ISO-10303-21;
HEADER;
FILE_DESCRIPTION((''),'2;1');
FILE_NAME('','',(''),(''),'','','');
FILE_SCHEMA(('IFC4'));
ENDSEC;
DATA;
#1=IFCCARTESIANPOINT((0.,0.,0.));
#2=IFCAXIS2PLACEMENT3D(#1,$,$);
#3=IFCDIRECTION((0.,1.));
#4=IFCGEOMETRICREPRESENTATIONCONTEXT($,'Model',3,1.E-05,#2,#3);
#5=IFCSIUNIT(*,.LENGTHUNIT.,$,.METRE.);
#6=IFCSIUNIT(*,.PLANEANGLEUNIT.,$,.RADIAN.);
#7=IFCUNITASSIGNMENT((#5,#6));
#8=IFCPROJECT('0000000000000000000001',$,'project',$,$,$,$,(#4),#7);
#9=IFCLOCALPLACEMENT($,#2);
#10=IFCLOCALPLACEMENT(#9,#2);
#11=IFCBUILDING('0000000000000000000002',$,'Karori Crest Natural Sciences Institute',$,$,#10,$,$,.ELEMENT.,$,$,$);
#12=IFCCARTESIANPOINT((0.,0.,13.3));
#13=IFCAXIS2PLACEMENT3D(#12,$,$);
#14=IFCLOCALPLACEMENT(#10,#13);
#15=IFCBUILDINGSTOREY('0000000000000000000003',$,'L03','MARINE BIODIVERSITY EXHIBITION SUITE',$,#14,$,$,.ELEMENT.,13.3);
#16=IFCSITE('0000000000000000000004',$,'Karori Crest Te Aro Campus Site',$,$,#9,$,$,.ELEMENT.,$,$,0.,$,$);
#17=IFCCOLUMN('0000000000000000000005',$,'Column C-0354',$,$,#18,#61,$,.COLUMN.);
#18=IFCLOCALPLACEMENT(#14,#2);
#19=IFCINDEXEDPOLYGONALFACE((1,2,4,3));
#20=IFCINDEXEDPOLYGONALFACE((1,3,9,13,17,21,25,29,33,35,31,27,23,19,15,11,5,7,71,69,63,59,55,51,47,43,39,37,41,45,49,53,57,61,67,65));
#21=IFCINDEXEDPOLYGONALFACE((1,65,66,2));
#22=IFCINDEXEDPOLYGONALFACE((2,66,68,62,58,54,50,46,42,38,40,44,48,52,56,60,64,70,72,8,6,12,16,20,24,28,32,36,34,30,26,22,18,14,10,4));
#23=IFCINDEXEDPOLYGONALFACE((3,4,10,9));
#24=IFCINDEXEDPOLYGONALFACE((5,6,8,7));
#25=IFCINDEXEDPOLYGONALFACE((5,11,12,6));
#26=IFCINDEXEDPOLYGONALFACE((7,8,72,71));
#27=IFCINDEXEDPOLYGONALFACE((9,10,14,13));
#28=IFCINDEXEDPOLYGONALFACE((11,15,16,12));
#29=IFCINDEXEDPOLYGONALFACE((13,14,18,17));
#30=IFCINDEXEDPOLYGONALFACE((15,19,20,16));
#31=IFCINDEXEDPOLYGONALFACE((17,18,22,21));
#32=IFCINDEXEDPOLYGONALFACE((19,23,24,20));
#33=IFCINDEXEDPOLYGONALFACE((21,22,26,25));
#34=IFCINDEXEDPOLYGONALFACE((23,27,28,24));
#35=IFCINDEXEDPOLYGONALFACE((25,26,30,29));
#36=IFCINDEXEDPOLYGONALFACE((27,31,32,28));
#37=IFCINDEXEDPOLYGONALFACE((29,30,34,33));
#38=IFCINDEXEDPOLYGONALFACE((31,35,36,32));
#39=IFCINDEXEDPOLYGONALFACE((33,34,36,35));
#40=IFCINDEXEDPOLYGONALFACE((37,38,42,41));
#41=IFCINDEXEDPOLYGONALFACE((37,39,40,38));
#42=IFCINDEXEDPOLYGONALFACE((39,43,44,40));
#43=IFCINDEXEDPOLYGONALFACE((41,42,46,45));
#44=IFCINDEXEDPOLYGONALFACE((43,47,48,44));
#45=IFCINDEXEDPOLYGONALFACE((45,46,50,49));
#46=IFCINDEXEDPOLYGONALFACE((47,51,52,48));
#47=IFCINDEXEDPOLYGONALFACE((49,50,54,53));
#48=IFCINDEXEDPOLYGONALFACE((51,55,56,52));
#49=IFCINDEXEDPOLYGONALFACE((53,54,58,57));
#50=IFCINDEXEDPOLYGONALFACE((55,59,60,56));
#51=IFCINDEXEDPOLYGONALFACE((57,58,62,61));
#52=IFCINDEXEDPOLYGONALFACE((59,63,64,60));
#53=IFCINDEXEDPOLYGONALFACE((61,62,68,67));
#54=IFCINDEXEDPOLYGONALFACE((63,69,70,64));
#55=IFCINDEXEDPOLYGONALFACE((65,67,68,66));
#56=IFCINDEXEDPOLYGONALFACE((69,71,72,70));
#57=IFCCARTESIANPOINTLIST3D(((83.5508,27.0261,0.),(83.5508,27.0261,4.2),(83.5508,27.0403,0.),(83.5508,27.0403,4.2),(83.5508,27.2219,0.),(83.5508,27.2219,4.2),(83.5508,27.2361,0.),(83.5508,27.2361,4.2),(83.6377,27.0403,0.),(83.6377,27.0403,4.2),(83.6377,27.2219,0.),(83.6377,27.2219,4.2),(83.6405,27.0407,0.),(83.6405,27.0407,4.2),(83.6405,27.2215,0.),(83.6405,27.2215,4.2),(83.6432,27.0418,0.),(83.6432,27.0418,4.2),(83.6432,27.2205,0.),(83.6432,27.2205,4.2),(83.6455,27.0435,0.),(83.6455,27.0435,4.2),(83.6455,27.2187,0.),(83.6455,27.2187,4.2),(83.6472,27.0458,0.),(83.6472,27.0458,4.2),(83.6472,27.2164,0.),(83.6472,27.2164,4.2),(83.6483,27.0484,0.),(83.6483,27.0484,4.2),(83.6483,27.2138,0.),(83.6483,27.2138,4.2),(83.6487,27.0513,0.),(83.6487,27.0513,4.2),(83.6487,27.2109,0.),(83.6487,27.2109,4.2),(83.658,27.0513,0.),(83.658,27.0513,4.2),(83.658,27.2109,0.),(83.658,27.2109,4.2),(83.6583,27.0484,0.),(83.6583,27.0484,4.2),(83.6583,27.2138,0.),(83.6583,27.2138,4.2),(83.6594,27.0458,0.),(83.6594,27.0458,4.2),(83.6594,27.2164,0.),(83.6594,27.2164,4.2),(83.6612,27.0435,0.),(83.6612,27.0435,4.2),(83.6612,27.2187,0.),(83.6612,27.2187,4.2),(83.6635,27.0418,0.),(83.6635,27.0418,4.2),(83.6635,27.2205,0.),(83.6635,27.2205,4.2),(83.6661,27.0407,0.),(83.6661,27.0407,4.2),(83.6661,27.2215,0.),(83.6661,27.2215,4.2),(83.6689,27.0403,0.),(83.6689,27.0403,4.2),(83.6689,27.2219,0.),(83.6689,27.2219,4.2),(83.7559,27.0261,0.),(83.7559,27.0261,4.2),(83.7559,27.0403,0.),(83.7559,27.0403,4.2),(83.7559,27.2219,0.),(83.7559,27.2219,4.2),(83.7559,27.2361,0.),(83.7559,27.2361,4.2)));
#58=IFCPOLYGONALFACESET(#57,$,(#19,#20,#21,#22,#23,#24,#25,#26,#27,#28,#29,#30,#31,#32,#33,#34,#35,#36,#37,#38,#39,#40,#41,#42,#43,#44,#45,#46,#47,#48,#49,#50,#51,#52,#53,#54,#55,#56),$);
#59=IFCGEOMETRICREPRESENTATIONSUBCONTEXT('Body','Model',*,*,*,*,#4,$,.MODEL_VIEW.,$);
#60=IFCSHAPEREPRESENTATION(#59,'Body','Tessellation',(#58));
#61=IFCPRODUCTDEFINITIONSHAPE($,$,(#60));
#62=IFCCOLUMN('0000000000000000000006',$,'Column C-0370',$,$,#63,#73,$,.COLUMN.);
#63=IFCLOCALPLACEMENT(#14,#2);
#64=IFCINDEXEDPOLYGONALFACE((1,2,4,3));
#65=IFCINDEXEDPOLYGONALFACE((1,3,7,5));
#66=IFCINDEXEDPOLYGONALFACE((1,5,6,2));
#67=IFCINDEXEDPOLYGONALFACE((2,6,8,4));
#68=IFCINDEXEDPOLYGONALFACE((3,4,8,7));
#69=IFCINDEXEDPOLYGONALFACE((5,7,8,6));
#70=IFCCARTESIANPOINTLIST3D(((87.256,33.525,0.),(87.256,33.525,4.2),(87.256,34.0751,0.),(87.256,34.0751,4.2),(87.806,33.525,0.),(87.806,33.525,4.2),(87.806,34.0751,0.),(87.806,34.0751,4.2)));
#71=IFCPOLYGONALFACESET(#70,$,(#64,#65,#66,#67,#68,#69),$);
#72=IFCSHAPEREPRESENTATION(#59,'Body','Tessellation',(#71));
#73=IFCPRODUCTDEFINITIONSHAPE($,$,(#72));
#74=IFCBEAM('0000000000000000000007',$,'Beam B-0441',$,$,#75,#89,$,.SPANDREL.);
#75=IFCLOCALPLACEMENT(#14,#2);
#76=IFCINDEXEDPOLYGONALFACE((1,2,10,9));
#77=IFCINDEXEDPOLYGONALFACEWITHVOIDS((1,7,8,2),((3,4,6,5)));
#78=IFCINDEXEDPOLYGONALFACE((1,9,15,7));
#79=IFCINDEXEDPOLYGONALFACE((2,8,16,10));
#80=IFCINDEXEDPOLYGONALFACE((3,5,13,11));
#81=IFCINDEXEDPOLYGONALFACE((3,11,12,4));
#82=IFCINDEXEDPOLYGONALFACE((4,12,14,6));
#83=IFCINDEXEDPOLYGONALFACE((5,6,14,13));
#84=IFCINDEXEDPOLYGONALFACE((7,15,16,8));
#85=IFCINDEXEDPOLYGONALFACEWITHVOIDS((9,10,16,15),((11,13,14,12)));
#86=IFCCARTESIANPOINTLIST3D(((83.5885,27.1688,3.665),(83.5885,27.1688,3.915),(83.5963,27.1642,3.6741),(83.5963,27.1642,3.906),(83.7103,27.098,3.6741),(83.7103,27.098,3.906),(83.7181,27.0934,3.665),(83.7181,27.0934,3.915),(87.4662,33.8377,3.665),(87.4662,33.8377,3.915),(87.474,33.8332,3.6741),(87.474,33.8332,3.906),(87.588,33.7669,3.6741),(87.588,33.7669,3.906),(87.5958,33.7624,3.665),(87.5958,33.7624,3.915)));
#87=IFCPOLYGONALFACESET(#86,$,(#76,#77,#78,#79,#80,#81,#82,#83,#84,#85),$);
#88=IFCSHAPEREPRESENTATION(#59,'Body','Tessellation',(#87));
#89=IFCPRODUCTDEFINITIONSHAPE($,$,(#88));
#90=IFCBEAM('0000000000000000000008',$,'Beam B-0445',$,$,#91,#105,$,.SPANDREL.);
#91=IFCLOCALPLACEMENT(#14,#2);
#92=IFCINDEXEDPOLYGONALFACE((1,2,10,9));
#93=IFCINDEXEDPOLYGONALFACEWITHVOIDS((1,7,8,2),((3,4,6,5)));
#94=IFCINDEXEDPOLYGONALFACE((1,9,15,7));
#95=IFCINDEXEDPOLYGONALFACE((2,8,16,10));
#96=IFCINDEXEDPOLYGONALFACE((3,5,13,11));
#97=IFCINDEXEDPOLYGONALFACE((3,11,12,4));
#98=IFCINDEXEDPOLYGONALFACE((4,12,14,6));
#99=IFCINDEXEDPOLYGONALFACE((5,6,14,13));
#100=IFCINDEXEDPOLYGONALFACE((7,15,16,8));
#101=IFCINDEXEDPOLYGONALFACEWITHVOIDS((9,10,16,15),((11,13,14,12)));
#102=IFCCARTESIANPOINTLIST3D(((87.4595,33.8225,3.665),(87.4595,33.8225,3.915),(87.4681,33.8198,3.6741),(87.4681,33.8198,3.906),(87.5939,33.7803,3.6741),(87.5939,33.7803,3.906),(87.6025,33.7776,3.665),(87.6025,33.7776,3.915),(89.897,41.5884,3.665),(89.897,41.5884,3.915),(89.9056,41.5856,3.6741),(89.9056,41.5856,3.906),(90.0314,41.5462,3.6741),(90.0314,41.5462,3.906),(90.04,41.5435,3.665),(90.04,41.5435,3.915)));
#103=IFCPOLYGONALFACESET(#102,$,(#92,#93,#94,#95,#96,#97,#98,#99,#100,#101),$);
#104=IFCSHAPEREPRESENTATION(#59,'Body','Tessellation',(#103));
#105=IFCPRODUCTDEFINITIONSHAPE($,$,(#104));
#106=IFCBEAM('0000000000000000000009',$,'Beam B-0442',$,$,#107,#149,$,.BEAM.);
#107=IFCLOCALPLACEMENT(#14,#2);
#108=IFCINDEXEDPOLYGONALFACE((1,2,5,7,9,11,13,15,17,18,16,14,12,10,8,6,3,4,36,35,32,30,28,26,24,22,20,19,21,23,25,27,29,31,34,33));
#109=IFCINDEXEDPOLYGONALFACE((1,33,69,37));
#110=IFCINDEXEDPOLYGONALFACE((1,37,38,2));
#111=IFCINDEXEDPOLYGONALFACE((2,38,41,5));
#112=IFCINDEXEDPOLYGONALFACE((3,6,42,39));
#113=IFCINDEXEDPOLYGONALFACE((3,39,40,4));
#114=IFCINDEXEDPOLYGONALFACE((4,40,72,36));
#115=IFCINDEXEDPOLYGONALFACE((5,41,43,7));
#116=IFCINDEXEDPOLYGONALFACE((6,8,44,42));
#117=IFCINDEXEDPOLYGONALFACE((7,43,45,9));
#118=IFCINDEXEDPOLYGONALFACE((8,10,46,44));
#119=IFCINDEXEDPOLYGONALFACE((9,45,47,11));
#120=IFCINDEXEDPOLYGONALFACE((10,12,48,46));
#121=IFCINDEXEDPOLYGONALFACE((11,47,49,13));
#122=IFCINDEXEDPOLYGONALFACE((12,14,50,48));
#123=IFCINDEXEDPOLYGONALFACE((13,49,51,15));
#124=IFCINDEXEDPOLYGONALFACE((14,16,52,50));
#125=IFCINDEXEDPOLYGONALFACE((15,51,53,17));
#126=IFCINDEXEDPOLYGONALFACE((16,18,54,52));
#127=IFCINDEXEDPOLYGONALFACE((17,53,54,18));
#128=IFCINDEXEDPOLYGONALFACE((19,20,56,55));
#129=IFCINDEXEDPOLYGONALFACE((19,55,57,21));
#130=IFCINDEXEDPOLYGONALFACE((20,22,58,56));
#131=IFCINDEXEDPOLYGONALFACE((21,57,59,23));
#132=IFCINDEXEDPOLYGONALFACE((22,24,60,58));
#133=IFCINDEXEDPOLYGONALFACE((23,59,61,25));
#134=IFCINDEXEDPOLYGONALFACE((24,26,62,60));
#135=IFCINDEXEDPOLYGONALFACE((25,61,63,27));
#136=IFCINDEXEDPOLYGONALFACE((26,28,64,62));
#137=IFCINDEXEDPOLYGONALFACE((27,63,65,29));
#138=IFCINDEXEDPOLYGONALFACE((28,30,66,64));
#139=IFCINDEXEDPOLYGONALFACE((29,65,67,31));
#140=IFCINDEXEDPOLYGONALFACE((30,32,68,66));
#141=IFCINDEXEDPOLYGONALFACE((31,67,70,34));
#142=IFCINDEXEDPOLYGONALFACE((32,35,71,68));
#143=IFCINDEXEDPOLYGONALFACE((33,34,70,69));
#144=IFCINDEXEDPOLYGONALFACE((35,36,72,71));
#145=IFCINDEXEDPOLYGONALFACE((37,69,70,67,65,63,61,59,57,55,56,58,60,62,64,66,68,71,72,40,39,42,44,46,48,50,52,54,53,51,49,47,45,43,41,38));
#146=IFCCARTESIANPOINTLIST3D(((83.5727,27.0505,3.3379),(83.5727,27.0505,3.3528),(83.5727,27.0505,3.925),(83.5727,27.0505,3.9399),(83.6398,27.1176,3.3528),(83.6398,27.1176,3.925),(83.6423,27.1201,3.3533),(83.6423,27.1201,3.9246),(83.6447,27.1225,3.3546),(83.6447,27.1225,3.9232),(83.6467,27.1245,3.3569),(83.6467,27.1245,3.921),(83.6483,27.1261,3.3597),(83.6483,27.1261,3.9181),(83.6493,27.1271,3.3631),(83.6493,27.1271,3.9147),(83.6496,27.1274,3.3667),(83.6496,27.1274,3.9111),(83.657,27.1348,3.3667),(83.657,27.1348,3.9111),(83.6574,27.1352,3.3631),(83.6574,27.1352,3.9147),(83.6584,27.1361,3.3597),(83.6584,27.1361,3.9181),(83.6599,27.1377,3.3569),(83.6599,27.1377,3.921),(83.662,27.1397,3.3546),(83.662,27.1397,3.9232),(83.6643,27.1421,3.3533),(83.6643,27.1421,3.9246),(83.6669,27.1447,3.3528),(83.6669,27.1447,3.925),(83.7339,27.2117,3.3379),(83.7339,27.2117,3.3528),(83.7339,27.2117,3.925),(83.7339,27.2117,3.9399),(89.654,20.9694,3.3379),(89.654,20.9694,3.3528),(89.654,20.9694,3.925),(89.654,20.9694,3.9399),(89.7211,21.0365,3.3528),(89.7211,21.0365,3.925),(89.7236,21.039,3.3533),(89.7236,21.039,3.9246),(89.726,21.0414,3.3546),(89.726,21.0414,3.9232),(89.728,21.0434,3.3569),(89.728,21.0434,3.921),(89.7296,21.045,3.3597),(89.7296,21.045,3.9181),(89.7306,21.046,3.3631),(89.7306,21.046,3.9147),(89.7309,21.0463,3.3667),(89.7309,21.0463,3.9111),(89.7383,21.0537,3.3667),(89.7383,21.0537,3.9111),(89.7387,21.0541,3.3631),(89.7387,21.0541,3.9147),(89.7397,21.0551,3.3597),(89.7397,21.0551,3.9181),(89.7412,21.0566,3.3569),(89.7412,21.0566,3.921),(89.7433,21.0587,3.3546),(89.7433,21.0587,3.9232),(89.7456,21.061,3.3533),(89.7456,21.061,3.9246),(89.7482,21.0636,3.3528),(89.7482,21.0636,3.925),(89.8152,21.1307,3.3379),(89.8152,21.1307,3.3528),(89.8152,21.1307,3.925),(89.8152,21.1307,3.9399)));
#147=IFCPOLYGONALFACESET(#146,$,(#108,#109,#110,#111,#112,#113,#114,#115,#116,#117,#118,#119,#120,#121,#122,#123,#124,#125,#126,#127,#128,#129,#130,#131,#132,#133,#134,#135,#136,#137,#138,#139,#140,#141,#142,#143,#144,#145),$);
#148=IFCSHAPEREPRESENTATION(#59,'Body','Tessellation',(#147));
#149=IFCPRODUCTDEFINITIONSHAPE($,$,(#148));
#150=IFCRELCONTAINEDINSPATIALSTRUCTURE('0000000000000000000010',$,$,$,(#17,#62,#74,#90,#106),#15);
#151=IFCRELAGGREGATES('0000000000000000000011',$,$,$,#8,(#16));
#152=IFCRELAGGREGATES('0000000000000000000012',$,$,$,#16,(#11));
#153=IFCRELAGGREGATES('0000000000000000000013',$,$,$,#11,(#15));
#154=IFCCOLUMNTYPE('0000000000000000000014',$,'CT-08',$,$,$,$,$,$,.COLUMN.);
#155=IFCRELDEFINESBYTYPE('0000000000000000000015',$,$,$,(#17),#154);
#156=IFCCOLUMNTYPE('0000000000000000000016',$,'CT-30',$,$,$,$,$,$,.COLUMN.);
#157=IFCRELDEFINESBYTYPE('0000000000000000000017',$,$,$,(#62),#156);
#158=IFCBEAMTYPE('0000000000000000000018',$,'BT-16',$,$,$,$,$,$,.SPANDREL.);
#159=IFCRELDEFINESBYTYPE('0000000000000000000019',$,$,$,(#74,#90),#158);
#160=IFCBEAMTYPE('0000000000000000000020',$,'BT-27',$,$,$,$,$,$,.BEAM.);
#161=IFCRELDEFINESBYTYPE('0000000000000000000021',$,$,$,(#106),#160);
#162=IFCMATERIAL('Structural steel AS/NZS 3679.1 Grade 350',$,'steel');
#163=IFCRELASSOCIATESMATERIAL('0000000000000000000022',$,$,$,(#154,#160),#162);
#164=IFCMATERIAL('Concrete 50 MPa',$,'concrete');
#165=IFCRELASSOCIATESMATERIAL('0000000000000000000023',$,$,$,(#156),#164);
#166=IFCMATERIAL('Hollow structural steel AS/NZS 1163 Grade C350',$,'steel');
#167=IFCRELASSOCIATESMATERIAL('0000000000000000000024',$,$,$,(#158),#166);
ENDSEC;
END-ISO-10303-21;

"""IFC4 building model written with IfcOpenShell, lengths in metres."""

from ifc_helpers import new_model, si_unit, direction, frame, origin, origin_2d, place, context, subcontext, project, spatial, rectangle, hollow_rectangle, i_section, extrude, material, material_profile, profile_set, type_object, element, save


model = new_model("IFC4")

# Units and contexts
model_context = context("Model", 3, precision=1e-05, world=origin(), true_north=direction((0.0, 1.0)))
body_context = subcontext(model_context, "Body", "Model", "MODEL_VIEW")
ifc_project = project(units=[si_unit("LENGTHUNIT", "METRE"), si_unit("PLANEANGLEUNIT", "RADIAN")], contexts=[model_context])

# Site, building, storey
site_placement = place(None, origin())
site = spatial("IfcSite", under=ifc_project, at=site_placement, Name="Karori Crest Te Aro Campus Site", CompositionType="ELEMENT", RefElevation=0.0)
building_placement = place(site_placement, origin())
building = spatial("IfcBuilding", under=site, at=building_placement, Name="Karori Crest Natural Sciences Institute", CompositionType="ELEMENT")
storey_placement = place(building_placement, frame((0.0, 0.0, 13.3)))
storey = spatial("IfcBuildingStorey", under=building, at=storey_placement, Name="L03", Description="MARINE BIODIVERSITY EXHIBITION SUITE", CompositionType="ELEMENT", Elevation=13.3)

# Columns
ifc_material_1 = material(Name="Structural steel AS/NZS 3679.1 Grade 350", Category="steel")
ifc_material_profile_1 = material_profile(ifc_material_1, i_section(OverallWidth=0.2051, OverallDepth=0.21, WebThickness=0.0093, FlangeThickness=0.0142, FilletRadius=0.011, at=origin_2d()), Name="200UC59.5")
ifc_profile_set_1 = profile_set([ifc_material_profile_1], Name="Structural steel AS/NZS 3679.1 Grade 350")
column_type_1 = type_object("IfcColumnType", Name="CT-08", PredefinedType="COLUMN", material=ifc_profile_set_1)
column_1_placement = place(storey_placement, frame((83.6533, 27.1311, 0.0), z_axis=(0.0, 0.0, 1.0), x_axis=(1.0, 0.0, 0.0)))
element("IfcColumn", 1, at=column_1_placement, inside=storey, type_object=column_type_1, Name="Column C-0354", PredefinedType="COLUMN", context=body_context, shape_type="SweptSolid", body=[
    extrude(i_section(OverallWidth=0.2051, OverallDepth=0.21, WebThickness=0.0093, FlangeThickness=0.0142, FilletRadius=0.011, at=origin_2d()), origin(), (0.0, 0.0, 1.0), 4.2),
])
ifc_material_2 = material(Name="Concrete 50 MPa", Category="concrete")
ifc_material_profile_2 = material_profile(ifc_material_2, rectangle(XDim=0.55, YDim=0.55, at=origin_2d()), Name="RC550x550")
ifc_profile_set_2 = profile_set([ifc_material_profile_2], Name="Concrete 50 MPa")
column_type_2 = type_object("IfcColumnType", Name="CT-30", PredefinedType="COLUMN", material=ifc_profile_set_2)
column_2_placement = place(storey_placement, frame((87.531, 33.8, 0.0), z_axis=(0.0, 0.0, 1.0), x_axis=(1.0, 0.0, 0.0)))
element("IfcColumn", 2, at=column_2_placement, inside=storey, type_object=column_type_2, Name="Column C-0370", PredefinedType="COLUMN", context=body_context, shape_type="SweptSolid", body=[
    extrude(rectangle(XDim=0.55, YDim=0.55, at=origin_2d()), origin(), (0.0, 0.0, 1.0), 4.2),
])

# Beams
ifc_material_3 = material(Name="Hollow structural steel AS/NZS 1163 Grade C350", Category="steel")
ifc_material_profile_3 = material_profile(ifc_material_3, hollow_rectangle(XDim=0.1499, YDim=0.25, WallThickness=0.009, at=origin_2d()), Name="RHS250x150x9")
ifc_profile_set_3 = profile_set([ifc_material_profile_3], Name="Hollow structural steel AS/NZS 1163 Grade C350")
beam_type_1 = type_object("IfcBeamType", Name="BT-16", PredefinedType="SPANDREL", material=ifc_profile_set_3)
beam_1_placement = place(storey_placement, frame((83.6533, 27.1311, 3.79), z_axis=(0.502658, 0.864485, 0.0), x_axis=(-0.864485, 0.502658, 0.0)))
element("IfcBeam", 3, at=beam_1_placement, inside=storey, type_object=beam_type_1, Name="Beam B-0441", PredefinedType="SPANDREL", context=body_context, shape_type="SweptSolid", body=[
    extrude(hollow_rectangle(XDim=0.1499, YDim=0.25, WallThickness=0.009, at=origin_2d()), origin(), (0.0, 0.0, 1.0), 7.7144),
])
beam_2_placement = place(storey_placement, frame((87.531, 33.8, 3.79), z_axis=(0.299469, 0.954106, 0.0), x_axis=(-0.954106, 0.299469, 0.0)))
element("IfcBeam", 4, at=beam_2_placement, inside=storey, type_object=beam_type_1, Name="Beam B-0445", PredefinedType="SPANDREL", context=body_context, shape_type="SweptSolid", body=[
    extrude(hollow_rectangle(XDim=0.1499, YDim=0.25, WallThickness=0.009, at=origin_2d()), origin(), (0.0, 0.0, 1.0), 8.1394),
])
ifc_material_profile_4 = material_profile(ifc_material_1, i_section(OverallWidth=0.228, OverallDepth=0.6021, WebThickness=0.0105, FlangeThickness=0.0149, FilletRadius=0.0139, at=origin_2d()), Name="610UB101")
ifc_profile_set_4 = profile_set([ifc_material_profile_4], Name="Structural steel AS/NZS 3679.1 Grade 350")
beam_type_2 = type_object("IfcBeamType", Name="BT-27", PredefinedType="BEAM", material=ifc_profile_set_4)
beam_3_placement = place(storey_placement, frame((83.6533, 27.1311, 3.6389), z_axis=(0.707121, -0.707093, 0.0), x_axis=(0.707093, 0.707121, 0.0)))
element("IfcBeam", 5, at=beam_3_placement, inside=storey, type_object=beam_type_2, Name="Beam B-0442", PredefinedType="BEAM", context=body_context, shape_type="SweptSolid", body=[
    extrude(i_section(OverallWidth=0.228, OverallDepth=0.6021, WebThickness=0.0105, FlangeThickness=0.0149, FilletRadius=0.0139, at=origin_2d()), origin(), (0.0, 0.0, 1.0), 8.6001),
])

save(model, "model.ifc")
